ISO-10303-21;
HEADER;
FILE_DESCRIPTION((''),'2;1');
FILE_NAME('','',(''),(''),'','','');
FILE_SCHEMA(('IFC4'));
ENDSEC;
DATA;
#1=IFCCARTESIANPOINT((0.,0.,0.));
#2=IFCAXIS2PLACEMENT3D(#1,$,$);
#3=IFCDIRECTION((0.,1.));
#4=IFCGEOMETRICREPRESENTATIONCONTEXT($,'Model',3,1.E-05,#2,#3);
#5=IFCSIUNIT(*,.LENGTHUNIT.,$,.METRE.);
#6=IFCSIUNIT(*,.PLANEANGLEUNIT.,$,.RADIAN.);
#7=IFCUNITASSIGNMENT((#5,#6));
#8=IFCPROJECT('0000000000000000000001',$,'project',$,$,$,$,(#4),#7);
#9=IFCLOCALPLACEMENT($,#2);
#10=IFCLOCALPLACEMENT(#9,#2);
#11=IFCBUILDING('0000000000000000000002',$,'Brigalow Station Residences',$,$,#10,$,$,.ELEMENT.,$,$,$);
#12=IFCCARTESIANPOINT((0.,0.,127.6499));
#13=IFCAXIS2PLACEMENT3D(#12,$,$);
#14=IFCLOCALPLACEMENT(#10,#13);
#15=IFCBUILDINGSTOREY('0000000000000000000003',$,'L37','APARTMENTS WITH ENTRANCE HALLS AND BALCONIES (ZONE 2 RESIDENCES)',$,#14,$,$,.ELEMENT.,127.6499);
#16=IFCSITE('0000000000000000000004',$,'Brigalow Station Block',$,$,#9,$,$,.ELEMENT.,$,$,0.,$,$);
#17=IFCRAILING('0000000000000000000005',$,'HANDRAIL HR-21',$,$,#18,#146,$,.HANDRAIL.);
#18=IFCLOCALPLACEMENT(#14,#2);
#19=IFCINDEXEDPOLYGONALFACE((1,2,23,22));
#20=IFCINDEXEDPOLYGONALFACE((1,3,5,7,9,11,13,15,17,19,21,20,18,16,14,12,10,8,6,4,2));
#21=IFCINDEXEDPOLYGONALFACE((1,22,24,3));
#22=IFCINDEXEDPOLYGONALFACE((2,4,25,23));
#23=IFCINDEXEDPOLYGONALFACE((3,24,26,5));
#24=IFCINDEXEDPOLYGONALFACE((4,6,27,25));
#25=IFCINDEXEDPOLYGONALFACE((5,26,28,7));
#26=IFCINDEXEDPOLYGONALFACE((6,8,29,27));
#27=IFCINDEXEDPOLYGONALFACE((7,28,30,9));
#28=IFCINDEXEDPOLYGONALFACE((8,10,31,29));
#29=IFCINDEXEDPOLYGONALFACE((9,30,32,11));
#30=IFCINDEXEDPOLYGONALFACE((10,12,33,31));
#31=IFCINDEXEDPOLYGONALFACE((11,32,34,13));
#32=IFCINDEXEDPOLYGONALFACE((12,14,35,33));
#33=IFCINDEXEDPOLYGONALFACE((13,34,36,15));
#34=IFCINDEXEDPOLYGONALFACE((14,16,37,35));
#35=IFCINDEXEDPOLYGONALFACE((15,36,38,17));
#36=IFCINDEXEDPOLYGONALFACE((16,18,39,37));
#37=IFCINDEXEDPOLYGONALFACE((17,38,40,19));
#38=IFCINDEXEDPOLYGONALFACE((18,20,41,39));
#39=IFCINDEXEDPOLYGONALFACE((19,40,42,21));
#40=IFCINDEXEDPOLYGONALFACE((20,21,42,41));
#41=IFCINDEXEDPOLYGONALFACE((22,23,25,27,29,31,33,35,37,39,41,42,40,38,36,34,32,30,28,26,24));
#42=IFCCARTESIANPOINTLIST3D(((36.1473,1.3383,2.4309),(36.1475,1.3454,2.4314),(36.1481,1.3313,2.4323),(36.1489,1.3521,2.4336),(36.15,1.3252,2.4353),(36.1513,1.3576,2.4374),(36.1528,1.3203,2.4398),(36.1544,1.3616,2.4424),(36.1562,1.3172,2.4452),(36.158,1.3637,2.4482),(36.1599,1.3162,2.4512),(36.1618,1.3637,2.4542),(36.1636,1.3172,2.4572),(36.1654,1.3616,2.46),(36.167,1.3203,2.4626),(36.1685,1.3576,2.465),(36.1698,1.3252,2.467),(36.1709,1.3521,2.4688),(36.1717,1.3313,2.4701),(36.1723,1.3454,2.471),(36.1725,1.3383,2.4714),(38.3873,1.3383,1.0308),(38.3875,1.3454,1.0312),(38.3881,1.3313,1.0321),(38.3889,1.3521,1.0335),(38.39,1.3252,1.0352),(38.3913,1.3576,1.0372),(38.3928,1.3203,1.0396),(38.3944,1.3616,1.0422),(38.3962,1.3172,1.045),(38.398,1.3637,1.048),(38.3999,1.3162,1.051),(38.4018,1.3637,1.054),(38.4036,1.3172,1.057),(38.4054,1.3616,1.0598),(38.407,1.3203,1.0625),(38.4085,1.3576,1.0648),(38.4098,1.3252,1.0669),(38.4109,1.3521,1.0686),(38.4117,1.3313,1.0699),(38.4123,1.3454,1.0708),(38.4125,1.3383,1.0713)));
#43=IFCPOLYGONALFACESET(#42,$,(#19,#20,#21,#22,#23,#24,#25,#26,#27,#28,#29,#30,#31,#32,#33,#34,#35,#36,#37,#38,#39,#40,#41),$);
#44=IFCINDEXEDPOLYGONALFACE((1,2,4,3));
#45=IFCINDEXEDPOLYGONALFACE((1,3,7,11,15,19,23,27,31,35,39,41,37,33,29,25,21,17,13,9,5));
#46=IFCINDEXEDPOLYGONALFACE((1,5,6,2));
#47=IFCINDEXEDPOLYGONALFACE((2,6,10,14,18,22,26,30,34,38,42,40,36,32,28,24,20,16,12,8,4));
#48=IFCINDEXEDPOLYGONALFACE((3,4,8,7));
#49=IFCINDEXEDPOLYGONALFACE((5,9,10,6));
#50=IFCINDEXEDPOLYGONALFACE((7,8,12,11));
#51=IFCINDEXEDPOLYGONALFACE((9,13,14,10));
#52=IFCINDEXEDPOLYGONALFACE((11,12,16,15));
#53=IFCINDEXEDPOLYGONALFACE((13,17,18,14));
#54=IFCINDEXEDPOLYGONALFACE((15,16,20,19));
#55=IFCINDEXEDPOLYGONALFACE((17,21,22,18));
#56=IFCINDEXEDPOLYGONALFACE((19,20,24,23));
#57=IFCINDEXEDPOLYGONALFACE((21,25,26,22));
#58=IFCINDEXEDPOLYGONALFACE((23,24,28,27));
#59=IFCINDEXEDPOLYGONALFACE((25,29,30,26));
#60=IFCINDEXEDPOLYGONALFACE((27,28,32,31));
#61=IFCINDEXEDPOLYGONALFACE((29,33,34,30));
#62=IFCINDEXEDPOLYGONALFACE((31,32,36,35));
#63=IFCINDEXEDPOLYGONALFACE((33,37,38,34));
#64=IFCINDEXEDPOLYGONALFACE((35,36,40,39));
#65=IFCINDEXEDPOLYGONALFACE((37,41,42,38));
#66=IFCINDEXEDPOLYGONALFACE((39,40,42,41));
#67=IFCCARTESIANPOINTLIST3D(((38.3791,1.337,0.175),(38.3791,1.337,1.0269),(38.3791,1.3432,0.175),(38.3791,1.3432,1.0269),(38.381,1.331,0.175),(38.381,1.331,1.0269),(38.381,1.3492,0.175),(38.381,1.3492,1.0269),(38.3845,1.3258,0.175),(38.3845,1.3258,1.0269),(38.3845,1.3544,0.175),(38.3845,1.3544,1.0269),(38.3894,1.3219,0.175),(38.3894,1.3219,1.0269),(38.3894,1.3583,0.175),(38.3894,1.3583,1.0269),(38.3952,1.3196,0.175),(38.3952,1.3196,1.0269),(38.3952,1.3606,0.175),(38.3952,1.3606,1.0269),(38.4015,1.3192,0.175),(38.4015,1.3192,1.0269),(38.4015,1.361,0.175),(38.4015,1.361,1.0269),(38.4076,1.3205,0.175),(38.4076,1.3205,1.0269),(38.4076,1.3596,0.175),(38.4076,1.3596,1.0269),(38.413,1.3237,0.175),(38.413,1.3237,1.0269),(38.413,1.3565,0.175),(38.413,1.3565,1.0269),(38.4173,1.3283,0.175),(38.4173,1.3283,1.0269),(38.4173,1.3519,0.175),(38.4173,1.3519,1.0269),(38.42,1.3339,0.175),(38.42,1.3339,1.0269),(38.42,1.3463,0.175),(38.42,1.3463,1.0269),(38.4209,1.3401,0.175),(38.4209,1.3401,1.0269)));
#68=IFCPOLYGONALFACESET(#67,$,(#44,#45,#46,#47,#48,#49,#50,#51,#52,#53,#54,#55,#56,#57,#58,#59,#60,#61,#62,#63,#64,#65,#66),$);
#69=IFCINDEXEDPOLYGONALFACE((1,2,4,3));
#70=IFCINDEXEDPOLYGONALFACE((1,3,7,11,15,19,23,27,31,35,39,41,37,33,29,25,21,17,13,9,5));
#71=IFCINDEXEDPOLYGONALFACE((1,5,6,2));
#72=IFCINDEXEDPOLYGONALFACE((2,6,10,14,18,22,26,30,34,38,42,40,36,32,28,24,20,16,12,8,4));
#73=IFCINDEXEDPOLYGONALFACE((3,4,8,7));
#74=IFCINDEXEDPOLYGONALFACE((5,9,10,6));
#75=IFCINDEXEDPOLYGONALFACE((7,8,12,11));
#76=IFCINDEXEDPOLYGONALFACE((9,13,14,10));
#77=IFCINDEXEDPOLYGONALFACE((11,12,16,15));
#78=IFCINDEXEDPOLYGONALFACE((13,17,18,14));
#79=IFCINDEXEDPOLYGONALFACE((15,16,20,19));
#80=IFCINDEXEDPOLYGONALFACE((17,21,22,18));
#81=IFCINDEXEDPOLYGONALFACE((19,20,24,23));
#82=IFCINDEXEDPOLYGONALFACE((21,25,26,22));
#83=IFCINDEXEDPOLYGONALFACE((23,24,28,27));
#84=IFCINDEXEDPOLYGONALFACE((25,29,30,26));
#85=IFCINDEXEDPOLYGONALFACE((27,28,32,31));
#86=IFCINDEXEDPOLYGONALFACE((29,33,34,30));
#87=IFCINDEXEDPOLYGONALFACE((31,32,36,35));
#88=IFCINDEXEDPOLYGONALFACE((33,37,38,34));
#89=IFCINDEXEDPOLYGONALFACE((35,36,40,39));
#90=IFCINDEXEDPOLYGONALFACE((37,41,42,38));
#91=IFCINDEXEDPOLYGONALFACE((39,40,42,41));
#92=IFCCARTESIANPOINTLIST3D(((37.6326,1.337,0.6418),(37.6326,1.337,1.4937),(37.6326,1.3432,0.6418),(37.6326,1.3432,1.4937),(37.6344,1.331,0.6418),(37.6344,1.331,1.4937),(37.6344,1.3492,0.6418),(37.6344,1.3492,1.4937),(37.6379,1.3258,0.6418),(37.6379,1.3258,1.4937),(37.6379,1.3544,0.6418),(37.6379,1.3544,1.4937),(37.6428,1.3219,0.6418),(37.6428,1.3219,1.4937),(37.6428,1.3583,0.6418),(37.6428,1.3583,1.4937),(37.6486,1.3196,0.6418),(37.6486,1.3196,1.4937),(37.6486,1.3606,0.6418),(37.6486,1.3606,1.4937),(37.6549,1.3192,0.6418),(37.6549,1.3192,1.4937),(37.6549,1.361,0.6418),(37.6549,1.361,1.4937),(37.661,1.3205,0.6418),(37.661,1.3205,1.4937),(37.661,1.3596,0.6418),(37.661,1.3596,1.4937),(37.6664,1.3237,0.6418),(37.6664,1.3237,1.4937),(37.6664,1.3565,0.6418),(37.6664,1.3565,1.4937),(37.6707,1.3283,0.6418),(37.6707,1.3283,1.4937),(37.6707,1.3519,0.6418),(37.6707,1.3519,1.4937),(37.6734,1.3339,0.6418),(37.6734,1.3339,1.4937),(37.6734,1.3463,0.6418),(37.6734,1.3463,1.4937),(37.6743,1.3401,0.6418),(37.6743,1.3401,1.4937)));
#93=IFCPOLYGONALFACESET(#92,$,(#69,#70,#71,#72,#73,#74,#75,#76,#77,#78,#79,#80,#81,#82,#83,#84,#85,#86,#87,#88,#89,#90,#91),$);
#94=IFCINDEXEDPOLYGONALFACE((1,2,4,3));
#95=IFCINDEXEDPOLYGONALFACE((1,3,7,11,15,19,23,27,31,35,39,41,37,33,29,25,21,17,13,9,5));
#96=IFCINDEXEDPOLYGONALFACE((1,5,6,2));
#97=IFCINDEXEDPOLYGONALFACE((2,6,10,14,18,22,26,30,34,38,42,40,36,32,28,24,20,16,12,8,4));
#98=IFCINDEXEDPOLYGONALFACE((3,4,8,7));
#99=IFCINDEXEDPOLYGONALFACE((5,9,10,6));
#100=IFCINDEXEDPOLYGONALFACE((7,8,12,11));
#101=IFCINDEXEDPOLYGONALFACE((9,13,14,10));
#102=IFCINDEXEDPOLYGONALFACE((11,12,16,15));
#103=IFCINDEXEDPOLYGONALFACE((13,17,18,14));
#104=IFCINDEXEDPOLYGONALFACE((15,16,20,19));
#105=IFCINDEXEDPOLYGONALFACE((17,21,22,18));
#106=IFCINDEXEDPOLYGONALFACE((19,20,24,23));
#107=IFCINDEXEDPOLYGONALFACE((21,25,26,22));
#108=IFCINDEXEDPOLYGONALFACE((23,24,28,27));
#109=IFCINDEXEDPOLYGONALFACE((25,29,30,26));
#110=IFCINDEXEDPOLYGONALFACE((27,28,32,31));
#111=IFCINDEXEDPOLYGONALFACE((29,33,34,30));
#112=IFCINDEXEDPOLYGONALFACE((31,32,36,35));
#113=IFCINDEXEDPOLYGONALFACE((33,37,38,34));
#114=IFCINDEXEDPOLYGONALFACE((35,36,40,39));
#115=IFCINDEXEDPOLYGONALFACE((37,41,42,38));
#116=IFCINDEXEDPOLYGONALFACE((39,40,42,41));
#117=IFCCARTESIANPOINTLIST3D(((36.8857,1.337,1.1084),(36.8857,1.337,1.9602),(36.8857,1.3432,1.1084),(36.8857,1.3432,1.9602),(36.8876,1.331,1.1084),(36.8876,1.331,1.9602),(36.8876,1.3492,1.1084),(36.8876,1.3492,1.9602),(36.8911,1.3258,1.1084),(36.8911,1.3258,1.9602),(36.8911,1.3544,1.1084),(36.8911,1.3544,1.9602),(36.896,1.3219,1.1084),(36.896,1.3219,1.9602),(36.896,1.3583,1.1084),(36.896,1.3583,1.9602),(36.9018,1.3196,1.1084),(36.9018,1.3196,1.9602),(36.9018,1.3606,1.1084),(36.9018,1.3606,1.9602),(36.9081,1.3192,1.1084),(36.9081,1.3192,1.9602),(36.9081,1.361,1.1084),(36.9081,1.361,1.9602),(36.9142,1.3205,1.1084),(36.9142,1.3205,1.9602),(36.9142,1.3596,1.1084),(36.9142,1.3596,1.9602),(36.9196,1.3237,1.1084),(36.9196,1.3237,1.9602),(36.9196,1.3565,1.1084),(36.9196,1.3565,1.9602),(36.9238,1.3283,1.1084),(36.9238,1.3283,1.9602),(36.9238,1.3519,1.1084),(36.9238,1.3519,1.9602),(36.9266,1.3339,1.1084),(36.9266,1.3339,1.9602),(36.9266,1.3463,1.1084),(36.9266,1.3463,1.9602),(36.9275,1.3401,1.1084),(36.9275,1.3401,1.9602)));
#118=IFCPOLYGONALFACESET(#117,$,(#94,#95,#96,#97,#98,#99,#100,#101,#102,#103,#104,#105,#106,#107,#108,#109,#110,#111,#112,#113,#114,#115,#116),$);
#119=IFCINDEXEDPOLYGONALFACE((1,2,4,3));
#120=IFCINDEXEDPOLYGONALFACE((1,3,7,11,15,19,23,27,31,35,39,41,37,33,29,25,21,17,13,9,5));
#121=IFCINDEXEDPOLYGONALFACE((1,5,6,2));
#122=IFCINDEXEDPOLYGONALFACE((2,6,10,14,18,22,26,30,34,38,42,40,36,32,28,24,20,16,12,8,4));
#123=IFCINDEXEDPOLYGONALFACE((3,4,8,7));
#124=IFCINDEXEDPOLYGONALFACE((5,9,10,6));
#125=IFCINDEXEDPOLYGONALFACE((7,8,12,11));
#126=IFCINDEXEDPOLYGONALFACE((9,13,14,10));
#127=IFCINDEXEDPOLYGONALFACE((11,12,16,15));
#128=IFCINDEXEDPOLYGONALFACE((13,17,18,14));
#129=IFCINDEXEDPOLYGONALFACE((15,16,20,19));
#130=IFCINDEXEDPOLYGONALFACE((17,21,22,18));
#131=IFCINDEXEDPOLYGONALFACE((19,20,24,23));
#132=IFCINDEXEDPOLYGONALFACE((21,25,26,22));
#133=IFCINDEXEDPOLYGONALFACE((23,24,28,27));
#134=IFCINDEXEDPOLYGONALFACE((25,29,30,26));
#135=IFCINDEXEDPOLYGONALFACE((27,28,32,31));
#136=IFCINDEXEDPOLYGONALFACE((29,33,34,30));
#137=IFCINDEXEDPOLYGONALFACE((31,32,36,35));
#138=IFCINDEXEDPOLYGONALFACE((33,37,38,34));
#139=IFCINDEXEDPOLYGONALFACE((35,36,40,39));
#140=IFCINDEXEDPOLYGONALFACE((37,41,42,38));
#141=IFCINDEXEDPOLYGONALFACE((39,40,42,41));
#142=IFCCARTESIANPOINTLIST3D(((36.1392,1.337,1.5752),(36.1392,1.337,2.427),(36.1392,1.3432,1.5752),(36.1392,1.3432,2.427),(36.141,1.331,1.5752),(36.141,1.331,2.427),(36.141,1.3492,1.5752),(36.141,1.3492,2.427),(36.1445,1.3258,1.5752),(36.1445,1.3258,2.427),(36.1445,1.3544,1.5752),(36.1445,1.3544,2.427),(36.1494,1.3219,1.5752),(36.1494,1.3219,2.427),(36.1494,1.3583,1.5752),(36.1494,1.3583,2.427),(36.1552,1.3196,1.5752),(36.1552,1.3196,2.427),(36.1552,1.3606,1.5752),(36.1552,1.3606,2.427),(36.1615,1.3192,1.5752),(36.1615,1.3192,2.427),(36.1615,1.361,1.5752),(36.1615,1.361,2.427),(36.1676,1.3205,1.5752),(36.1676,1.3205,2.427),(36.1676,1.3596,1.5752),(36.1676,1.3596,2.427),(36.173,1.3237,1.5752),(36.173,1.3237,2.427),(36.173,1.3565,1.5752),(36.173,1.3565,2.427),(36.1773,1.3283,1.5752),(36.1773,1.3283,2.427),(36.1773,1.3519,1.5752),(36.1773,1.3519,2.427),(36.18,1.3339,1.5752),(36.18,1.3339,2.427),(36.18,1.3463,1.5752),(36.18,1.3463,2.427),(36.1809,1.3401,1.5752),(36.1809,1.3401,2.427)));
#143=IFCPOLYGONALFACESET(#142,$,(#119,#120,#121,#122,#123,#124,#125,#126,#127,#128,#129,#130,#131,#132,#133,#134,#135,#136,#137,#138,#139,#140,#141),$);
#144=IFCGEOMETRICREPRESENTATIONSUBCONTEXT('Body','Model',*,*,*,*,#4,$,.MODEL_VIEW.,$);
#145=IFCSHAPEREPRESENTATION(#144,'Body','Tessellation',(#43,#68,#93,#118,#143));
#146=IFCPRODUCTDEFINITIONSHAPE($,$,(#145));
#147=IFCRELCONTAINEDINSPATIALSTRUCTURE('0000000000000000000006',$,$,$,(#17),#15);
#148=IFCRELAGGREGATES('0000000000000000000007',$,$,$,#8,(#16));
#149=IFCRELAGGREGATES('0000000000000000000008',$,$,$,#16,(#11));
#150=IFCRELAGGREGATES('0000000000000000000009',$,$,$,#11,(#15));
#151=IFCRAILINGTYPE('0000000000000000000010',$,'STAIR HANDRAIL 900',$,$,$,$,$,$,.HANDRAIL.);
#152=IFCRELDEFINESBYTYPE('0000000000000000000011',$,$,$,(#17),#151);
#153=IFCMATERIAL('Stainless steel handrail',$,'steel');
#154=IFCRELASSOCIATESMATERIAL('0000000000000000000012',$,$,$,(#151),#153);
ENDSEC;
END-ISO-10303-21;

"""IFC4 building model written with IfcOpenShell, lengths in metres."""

from ifc_helpers import new_model, si_unit, direction, frame, origin, origin_2d, place, context, subcontext, project, spatial, circle, extrude, material, type_object, element, save


model = new_model("IFC4")

# Units and contexts
model_context = context("Model", 3, precision=1e-05, world=origin(), true_north=direction((0.0, 1.0)))
body_context = subcontext(model_context, "Body", "Model", "MODEL_VIEW")
ifc_project = project(units=[si_unit("LENGTHUNIT", "METRE"), si_unit("PLANEANGLEUNIT", "RADIAN")], contexts=[model_context])

# Site, building, storey
site_placement = place(None, origin())
site = spatial("IfcSite", under=ifc_project, at=site_placement, Name="Brigalow Station Block", CompositionType="ELEMENT", RefElevation=0.0)
building_placement = place(site_placement, origin())
building = spatial("IfcBuilding", under=site, at=building_placement, Name="Brigalow Station Residences", CompositionType="ELEMENT")
storey_placement = place(building_placement, frame((0.0, 0.0, 127.6499)))
storey = spatial("IfcBuildingStorey", under=building, at=storey_placement, Name="L37", Description="APARTMENTS WITH ENTRANCE HALLS AND BALCONIES (ZONE 2 RESIDENCES)", CompositionType="ELEMENT", Elevation=127.6499)

# Railing
ifc_material_1 = material(Name="Stainless steel handrail", Category="steel")
railing_type_1 = type_object("IfcRailingType", Name="STAIR HANDRAIL 900", PredefinedType="HANDRAIL", material=ifc_material_1)
railing_1_placement = place(storey_placement, frame((38.3999, 1.3401, 0.175)))
element("IfcRailing", 1, at=railing_1_placement, inside=storey, type_object=railing_type_1, Name="HANDRAIL HR-21", PredefinedType="HANDRAIL", context=body_context, shape_type="SweptSolid", body=[
    extrude(circle(Radius=0.0239, at=origin_2d()), frame((0.0, 0.0, 0.876), z_axis=(-0.847972, 0.0, 0.53004), x_axis=(0.0, -1.0, 0.0)), (0.0, 0.0, 1.0), 2.6416),
    extrude(circle(Radius=0.021, at=origin_2d()), origin(), (0.0, 0.0, 1.0), 0.8518),
    extrude(circle(Radius=0.021, at=origin_2d()), frame((-0.7466, 0.0, 0.4668)), (0.0, 0.0, 1.0), 0.8518),
    extrude(circle(Radius=0.021, at=origin_2d()), frame((-1.4934, 0.0, 0.9333)), (0.0, 0.0, 1.0), 0.8518),
    extrude(circle(Radius=0.021, at=origin_2d()), frame((-2.24, 0.0, 1.4001)), (0.0, 0.0, 1.0), 0.8518),
])

save(model, "model.ifc")
